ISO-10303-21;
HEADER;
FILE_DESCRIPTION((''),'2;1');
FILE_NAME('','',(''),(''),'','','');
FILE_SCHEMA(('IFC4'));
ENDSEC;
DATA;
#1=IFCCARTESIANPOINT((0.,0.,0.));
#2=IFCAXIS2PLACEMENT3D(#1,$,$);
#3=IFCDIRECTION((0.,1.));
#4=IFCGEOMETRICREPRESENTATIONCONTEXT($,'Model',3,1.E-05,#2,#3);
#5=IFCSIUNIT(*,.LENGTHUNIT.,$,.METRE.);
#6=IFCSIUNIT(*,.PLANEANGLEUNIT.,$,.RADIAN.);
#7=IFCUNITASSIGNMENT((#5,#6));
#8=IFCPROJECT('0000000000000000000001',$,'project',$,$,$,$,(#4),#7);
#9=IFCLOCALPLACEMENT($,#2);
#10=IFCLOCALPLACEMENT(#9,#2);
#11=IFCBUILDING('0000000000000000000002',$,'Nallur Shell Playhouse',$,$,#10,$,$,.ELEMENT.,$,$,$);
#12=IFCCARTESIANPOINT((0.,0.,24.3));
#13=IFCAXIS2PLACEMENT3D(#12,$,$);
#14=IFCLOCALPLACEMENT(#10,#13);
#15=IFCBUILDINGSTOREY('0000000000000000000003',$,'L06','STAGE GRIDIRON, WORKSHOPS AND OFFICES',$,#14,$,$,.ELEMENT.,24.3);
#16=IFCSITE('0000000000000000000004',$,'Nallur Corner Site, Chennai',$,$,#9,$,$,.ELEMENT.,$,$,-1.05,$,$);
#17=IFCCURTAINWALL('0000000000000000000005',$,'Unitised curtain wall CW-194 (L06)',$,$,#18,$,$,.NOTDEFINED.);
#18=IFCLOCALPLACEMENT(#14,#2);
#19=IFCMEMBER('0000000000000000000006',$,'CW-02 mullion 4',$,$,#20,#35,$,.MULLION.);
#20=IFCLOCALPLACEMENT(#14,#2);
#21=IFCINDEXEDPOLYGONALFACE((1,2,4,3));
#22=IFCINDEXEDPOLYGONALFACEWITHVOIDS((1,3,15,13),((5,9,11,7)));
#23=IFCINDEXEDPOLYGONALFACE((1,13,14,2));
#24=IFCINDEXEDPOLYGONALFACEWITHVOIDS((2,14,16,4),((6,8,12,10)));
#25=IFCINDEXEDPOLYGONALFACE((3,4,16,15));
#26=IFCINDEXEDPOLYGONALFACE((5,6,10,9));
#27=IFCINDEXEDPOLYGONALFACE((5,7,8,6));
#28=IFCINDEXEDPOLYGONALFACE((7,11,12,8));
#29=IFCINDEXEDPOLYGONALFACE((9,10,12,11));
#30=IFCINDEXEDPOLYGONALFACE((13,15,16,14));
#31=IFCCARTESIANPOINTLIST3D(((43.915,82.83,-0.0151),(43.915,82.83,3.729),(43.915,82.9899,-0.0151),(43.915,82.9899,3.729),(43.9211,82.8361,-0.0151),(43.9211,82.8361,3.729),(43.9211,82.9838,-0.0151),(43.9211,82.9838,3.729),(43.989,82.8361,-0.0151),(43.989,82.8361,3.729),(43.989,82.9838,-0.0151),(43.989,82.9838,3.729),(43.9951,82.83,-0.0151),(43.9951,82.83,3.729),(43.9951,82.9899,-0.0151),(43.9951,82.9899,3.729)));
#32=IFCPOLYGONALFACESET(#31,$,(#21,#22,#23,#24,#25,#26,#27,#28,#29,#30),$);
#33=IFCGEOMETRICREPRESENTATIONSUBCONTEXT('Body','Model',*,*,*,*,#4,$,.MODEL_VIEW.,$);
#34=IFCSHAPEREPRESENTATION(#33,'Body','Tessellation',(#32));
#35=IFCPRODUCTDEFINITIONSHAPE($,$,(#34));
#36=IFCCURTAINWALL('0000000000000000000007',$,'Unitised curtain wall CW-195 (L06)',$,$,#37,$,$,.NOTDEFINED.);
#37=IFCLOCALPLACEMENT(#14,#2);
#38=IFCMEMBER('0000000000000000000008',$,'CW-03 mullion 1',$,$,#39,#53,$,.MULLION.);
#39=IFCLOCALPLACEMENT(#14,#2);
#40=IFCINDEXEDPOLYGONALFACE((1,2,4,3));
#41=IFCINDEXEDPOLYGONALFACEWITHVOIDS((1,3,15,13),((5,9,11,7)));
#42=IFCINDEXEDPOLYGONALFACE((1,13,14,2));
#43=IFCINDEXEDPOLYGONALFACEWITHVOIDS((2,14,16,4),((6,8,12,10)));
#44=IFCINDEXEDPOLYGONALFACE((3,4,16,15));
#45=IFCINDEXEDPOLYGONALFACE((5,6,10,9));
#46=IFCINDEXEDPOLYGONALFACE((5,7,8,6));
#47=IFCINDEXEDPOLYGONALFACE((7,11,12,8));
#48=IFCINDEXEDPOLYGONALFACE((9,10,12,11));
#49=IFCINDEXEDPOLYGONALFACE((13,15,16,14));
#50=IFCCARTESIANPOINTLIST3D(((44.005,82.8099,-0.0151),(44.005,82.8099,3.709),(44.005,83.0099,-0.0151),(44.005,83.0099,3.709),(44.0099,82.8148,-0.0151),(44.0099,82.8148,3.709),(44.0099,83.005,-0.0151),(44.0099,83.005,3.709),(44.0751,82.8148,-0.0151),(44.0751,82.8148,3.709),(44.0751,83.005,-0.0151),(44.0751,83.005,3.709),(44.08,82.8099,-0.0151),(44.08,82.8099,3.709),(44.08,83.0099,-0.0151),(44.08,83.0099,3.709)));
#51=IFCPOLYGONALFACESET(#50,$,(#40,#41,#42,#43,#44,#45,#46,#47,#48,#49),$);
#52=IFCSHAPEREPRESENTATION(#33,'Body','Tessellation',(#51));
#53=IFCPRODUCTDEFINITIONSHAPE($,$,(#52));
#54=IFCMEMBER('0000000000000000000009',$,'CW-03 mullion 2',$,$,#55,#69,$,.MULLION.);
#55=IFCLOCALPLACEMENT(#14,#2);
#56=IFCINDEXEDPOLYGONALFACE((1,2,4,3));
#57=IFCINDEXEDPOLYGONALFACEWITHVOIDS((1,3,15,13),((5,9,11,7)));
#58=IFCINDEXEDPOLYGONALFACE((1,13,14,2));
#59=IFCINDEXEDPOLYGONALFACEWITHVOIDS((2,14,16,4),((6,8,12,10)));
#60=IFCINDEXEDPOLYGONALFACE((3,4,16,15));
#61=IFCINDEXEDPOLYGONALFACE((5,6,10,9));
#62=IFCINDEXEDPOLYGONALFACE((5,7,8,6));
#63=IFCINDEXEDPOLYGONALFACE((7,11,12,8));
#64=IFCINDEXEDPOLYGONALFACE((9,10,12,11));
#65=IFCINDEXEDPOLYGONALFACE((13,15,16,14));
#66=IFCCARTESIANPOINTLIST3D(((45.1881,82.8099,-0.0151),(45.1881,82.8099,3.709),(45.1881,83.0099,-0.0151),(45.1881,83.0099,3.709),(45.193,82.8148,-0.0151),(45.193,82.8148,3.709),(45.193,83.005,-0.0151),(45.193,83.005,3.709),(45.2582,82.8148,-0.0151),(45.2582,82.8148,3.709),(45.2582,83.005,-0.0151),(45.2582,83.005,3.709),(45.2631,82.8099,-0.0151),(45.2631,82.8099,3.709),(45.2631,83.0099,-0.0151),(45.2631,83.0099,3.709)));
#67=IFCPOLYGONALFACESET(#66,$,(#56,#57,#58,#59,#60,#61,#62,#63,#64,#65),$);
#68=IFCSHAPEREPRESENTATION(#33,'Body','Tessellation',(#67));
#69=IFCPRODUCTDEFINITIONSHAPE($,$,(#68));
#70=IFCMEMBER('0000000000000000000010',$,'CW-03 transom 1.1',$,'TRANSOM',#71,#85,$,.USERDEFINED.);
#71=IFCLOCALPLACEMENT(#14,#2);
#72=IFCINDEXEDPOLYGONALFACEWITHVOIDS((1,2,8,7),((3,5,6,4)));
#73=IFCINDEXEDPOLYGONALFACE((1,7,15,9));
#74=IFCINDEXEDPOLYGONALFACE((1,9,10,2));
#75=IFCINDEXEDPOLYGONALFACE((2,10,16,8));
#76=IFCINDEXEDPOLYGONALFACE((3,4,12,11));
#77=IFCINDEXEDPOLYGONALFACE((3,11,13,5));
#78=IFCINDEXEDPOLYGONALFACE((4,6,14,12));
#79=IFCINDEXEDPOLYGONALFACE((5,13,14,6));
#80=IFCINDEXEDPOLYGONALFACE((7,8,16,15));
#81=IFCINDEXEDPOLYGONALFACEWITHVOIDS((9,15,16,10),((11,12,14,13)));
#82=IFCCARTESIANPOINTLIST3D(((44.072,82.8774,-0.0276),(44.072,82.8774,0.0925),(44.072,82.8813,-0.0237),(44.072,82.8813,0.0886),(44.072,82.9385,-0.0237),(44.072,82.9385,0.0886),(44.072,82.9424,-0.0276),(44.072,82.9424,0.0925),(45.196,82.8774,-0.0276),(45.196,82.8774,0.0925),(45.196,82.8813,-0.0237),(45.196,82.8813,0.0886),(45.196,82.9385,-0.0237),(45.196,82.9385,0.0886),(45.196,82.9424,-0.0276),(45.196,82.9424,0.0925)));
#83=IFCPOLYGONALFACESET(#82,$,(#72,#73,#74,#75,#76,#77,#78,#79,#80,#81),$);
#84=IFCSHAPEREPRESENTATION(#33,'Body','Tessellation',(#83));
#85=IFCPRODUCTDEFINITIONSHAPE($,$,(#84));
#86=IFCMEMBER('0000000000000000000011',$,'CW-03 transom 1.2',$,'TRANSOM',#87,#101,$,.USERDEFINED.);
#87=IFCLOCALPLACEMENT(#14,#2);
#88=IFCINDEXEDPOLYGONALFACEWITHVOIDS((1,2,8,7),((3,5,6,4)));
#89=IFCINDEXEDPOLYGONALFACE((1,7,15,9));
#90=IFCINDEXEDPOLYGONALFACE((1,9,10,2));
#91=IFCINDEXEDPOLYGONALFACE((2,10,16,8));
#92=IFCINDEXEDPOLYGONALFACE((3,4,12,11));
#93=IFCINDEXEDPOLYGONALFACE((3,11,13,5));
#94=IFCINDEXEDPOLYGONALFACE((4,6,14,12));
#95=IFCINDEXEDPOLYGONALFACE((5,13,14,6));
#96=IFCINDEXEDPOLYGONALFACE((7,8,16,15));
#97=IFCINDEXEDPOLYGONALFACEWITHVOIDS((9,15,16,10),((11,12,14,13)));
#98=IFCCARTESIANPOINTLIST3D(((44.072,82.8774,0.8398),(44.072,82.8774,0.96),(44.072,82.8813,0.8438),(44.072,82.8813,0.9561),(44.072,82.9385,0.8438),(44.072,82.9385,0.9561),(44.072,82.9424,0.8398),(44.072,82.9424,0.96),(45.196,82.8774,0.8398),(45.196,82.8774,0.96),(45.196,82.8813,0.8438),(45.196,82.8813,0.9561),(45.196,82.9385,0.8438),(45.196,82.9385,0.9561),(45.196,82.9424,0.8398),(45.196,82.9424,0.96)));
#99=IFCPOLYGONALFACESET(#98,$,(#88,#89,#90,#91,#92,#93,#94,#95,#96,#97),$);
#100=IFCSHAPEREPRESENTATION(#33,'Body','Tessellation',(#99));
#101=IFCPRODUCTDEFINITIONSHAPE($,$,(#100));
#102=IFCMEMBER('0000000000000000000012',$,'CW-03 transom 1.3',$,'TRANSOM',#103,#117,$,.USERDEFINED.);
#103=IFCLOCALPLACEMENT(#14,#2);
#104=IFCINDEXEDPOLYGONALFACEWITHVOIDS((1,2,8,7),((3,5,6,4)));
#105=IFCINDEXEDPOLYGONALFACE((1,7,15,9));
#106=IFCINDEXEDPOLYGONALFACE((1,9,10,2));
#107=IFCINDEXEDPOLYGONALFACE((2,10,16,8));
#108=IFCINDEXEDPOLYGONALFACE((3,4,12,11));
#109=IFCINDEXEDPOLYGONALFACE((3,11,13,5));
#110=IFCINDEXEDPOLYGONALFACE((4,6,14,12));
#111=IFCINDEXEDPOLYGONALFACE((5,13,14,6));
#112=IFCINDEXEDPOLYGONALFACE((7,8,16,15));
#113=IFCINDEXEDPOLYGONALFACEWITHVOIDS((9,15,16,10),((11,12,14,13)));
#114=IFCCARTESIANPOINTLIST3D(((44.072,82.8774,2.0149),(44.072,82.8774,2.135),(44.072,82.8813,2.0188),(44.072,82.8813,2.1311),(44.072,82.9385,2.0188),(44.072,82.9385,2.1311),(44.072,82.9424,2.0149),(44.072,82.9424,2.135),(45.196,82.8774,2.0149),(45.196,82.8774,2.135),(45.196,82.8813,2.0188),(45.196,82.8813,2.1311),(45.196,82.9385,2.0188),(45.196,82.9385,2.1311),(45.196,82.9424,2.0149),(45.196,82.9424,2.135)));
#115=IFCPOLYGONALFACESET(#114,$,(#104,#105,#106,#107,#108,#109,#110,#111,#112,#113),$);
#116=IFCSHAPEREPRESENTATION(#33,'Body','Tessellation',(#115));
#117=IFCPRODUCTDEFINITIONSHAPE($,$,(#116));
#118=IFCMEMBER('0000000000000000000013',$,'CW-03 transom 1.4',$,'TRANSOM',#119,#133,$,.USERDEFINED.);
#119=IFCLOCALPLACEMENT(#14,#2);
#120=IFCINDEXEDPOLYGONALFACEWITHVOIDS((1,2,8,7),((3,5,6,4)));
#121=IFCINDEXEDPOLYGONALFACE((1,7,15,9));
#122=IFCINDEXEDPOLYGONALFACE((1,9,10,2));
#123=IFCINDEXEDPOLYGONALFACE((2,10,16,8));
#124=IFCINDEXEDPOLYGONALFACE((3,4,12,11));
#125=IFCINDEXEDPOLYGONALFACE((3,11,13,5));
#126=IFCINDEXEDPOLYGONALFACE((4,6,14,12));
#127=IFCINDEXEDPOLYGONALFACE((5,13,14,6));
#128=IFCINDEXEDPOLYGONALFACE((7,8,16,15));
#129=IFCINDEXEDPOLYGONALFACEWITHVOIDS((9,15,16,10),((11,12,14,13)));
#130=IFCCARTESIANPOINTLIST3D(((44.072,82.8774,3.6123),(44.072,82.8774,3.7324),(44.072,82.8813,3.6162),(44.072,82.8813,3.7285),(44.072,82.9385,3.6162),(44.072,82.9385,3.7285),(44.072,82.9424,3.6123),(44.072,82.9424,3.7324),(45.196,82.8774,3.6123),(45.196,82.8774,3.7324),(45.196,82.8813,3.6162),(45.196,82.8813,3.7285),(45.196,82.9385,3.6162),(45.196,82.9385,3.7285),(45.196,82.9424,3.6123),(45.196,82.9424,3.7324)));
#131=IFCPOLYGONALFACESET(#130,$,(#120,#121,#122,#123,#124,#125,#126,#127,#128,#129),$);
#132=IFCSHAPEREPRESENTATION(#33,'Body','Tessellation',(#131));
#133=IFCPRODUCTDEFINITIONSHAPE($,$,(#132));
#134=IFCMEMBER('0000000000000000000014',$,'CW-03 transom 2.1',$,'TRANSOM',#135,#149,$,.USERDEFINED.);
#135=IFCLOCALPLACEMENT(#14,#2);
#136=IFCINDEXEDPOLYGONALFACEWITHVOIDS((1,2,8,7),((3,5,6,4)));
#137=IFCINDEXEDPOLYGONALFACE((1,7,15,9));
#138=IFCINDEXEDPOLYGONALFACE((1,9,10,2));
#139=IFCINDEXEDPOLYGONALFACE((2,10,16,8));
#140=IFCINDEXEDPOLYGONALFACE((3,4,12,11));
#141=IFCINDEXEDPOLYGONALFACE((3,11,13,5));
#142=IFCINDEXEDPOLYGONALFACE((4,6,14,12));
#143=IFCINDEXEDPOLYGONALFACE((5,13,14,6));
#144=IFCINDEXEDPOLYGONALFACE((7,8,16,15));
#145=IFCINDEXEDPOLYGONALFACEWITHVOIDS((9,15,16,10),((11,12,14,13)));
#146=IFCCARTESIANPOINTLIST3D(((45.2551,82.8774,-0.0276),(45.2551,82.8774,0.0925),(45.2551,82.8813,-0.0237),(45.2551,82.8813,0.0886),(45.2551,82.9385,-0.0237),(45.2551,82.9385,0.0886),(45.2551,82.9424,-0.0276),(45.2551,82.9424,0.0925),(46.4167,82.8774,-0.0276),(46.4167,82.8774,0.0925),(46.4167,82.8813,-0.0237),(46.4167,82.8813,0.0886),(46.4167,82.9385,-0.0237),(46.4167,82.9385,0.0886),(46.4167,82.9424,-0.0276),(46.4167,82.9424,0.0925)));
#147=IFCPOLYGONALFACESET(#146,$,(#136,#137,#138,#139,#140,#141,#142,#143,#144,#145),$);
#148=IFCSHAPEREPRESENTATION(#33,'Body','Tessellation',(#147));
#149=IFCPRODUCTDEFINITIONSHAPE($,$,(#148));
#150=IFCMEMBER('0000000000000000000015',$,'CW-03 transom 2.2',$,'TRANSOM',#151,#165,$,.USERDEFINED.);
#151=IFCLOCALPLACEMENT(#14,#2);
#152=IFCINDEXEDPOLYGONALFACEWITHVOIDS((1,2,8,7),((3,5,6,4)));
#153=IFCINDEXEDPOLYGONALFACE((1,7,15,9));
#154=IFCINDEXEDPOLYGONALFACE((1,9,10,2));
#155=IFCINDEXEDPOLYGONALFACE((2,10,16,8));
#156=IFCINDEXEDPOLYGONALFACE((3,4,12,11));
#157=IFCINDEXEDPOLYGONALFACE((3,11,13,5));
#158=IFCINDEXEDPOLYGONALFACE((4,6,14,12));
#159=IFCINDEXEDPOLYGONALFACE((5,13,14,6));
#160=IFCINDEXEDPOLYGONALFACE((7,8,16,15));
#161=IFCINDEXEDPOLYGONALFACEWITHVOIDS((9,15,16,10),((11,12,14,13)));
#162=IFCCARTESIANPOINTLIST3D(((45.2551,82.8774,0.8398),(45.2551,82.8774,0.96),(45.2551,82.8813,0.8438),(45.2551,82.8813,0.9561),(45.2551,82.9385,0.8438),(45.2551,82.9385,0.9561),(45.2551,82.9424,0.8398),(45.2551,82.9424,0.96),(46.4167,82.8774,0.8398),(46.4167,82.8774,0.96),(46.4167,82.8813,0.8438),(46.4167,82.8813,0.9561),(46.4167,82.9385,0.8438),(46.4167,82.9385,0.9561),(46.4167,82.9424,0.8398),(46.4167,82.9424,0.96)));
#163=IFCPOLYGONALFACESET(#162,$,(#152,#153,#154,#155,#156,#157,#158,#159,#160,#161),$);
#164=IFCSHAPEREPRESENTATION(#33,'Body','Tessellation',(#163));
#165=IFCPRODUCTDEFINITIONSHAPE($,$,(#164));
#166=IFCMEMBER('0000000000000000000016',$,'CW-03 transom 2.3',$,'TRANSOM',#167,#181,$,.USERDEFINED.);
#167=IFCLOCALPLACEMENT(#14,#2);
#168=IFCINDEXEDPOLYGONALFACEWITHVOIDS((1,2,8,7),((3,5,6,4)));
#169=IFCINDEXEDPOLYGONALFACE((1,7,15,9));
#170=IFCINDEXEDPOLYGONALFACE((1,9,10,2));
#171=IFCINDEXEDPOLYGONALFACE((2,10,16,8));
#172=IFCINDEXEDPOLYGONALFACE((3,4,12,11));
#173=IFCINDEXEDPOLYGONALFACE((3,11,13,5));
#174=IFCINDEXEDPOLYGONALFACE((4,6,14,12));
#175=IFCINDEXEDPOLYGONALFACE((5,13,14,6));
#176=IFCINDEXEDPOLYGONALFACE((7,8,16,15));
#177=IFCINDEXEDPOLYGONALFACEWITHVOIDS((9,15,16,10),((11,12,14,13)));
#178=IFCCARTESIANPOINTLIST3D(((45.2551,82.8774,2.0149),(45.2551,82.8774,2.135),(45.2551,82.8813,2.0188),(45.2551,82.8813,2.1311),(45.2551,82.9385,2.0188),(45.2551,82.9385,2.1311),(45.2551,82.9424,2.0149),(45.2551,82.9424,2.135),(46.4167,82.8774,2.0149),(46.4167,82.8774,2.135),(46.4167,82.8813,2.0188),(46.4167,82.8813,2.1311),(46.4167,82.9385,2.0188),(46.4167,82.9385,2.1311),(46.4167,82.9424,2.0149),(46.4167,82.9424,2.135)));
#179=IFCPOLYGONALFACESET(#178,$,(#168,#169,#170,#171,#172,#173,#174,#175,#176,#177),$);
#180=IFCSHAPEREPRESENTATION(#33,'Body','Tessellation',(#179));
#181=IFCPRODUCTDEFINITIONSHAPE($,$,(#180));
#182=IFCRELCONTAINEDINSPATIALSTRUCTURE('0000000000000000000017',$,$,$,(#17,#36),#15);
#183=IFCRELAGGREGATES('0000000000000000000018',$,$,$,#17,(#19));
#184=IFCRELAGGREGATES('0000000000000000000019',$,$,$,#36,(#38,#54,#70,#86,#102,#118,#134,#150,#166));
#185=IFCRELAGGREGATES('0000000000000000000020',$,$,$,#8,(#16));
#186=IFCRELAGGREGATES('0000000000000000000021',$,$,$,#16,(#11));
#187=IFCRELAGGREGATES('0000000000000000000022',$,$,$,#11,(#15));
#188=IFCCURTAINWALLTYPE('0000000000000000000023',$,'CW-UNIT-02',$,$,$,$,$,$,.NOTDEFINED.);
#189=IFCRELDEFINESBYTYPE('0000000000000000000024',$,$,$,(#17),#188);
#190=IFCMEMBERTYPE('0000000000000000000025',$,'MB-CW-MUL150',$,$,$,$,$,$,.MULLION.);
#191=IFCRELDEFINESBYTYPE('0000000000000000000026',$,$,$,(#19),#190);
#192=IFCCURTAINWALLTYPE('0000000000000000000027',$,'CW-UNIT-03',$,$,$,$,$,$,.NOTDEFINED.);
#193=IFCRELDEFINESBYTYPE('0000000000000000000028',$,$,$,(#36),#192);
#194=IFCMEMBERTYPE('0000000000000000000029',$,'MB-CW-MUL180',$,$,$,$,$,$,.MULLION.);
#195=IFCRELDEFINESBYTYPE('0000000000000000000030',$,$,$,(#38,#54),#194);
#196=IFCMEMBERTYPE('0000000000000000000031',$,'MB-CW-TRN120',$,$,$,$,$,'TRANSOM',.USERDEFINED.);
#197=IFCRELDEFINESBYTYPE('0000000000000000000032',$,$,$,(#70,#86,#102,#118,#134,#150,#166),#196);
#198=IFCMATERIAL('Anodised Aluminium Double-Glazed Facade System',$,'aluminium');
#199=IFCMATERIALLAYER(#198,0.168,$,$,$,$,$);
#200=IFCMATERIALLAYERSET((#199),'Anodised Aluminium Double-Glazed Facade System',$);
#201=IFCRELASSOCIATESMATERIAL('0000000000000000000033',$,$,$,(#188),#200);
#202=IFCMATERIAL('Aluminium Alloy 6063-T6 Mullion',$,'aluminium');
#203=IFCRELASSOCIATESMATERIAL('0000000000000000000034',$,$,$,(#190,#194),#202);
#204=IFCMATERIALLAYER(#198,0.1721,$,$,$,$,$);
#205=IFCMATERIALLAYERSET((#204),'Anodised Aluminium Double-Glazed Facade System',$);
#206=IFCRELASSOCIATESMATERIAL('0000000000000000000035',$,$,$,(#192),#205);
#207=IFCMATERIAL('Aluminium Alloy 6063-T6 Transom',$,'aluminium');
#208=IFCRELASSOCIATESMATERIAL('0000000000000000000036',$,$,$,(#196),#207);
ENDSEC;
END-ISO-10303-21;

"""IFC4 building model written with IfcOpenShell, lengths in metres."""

from ifc_helpers import new_model, si_unit, direction, frame, origin, origin_2d, place, context, subcontext, project, spatial, hollow_rectangle, extrude, material, layer, layer_set, material_profile, profile_set, type_object, element, aggregate, save


model = new_model("IFC4")

# Units and contexts
model_context = context("Model", 3, precision=1e-05, world=origin(), true_north=direction((0.0, 1.0)))
body_context = subcontext(model_context, "Body", "Model", "MODEL_VIEW")
ifc_project = project(units=[si_unit("LENGTHUNIT", "METRE"), si_unit("PLANEANGLEUNIT", "RADIAN")], contexts=[model_context])

# Site, building, storey
site_placement = place(None, origin())
site = spatial("IfcSite", under=ifc_project, at=site_placement, Name="Nallur Corner Site, Chennai", CompositionType="ELEMENT", RefElevation=-1.05)
building_placement = place(site_placement, origin())
building = spatial("IfcBuilding", under=site, at=building_placement, Name="Nallur Shell Playhouse", CompositionType="ELEMENT")
storey_placement = place(building_placement, frame((0.0, 0.0, 24.3)))
storey = spatial("IfcBuildingStorey", under=building, at=storey_placement, Name="L06", Description="STAGE GRIDIRON, WORKSHOPS AND OFFICES", CompositionType="ELEMENT", Elevation=24.3)

# Curtain wall, member
ifc_material_1 = material(Name="Anodised Aluminium Double-Glazed Facade System", Category="aluminium")
ifc_layer_1 = layer(ifc_material_1, 0.168)
ifc_layer_set_1 = layer_set([ifc_layer_1], Name="Anodised Aluminium Double-Glazed Facade System")
curtain_wall_type_1 = type_object("IfcCurtainWallType", Name="CW-UNIT-02", PredefinedType="NOTDEFINED", material=ifc_layer_set_1)
curtain_wall_1_placement = place(storey_placement, origin())
curtain_wall_1 = element("IfcCurtainWall", 1, at=curtain_wall_1_placement, inside=storey, type_object=curtain_wall_type_1, Name="Unitised curtain wall CW-194 (L06)", PredefinedType="NOTDEFINED")
ifc_material_2 = material(Name="Aluminium Alloy 6063-T6 Mullion", Category="aluminium")
ifc_material_profile_1 = material_profile(ifc_material_2, hollow_rectangle(XDim=0.0801, YDim=0.1599, WallThickness=0.0061, at=origin_2d()), Name="RHS 160x80x6")
ifc_profile_set_1 = profile_set([ifc_material_profile_1], Name="Aluminium Alloy 6063-T6 Mullion")
member_type_1 = type_object("IfcMemberType", Name="MB-CW-MUL150", PredefinedType="MULLION", material=ifc_profile_set_1)
member_1_placement = place(storey_placement, frame((43.9551, 82.9099, -0.0151), z_axis=(0.0, 0.0, 1.0), x_axis=(1.0, 0.0, 0.0)))
member_1 = element("IfcMember", 2, at=member_1_placement, type_object=member_type_1, Name="CW-02 mullion 4", PredefinedType="MULLION", context=body_context, shape_type="SweptSolid", body=[
    extrude(hollow_rectangle(XDim=0.0801, YDim=0.1599, WallThickness=0.0061, at=origin_2d()), origin(), (0.0, 0.0, 1.0), 3.7441),
])

# Curtain wall, members
ifc_layer_2 = layer(ifc_material_1, 0.1721)
ifc_layer_set_2 = layer_set([ifc_layer_2], Name="Anodised Aluminium Double-Glazed Facade System")
curtain_wall_type_2 = type_object("IfcCurtainWallType", Name="CW-UNIT-03", PredefinedType="NOTDEFINED", material=ifc_layer_set_2)
curtain_wall_2_placement = place(storey_placement, origin())
curtain_wall_2 = element("IfcCurtainWall", 3, at=curtain_wall_2_placement, inside=storey, type_object=curtain_wall_type_2, Name="Unitised curtain wall CW-195 (L06)", PredefinedType="NOTDEFINED")
ifc_material_profile_2 = material_profile(ifc_material_2, hollow_rectangle(XDim=0.075, YDim=0.2, WallThickness=0.0049, at=origin_2d()), Name="ALU 75x200x5")
ifc_profile_set_2 = profile_set([ifc_material_profile_2], Name="Aluminium Alloy 6063-T6 Mullion")
member_type_2 = type_object("IfcMemberType", Name="MB-CW-MUL180", PredefinedType="MULLION", material=ifc_profile_set_2)
member_2_placement = place(storey_placement, frame((44.0425, 82.9099, -0.0151), z_axis=(0.0, 0.0, 1.0), x_axis=(1.0, 0.0, 0.0)))
member_2 = element("IfcMember", 4, at=member_2_placement, type_object=member_type_2, Name="CW-03 mullion 1", PredefinedType="MULLION", context=body_context, shape_type="SweptSolid", body=[
    extrude(hollow_rectangle(XDim=0.075, YDim=0.2, WallThickness=0.0049, at=origin_2d()), origin(), (0.0, 0.0, 1.0), 3.7241),
])
member_3_placement = place(storey_placement, frame((45.2256, 82.9099, -0.0151), z_axis=(0.0, 0.0, 1.0), x_axis=(1.0, 0.0, 0.0)))
member_3 = element("IfcMember", 5, at=member_3_placement, type_object=member_type_2, Name="CW-03 mullion 2", PredefinedType="MULLION", context=body_context, shape_type="SweptSolid", body=[
    extrude(hollow_rectangle(XDim=0.075, YDim=0.2, WallThickness=0.0049, at=origin_2d()), origin(), (0.0, 0.0, 1.0), 3.7241),
])
ifc_material_3 = material(Name="Aluminium Alloy 6063-T6 Transom", Category="aluminium")
ifc_material_profile_3 = material_profile(ifc_material_3, hollow_rectangle(XDim=0.0649, YDim=0.1201, WallThickness=0.0039, at=origin_2d()), Name="ALU 65x120x4")
ifc_profile_set_3 = profile_set([ifc_material_profile_3], Name="Aluminium Alloy 6063-T6 Transom")
member_type_3 = type_object("IfcMemberType", Name="MB-CW-TRN120", ElementType="TRANSOM", PredefinedType="USERDEFINED", material=ifc_profile_set_3)
member_4_placement = place(storey_placement, frame((44.072, 82.9099, 0.0325), z_axis=(1.0, 0.0, 0.0), x_axis=(0.0, 1.0, 0.0)))
member_4 = element("IfcMember", 6, at=member_4_placement, type_object=member_type_3, Name="CW-03 transom 1.1", ObjectType="TRANSOM", PredefinedType="USERDEFINED", context=body_context, shape_type="SweptSolid", body=[
    extrude(hollow_rectangle(XDim=0.0649, YDim=0.1201, WallThickness=0.0039, at=origin_2d()), origin(), (0.0, 0.0, 1.0), 1.124),
])
member_5_placement = place(storey_placement, frame((44.072, 82.9099, 0.8999), z_axis=(1.0, 0.0, 0.0), x_axis=(0.0, 1.0, 0.0)))
member_5 = element("IfcMember", 7, at=member_5_placement, type_object=member_type_3, Name="CW-03 transom 1.2", ObjectType="TRANSOM", PredefinedType="USERDEFINED", context=body_context, shape_type="SweptSolid", body=[
    extrude(hollow_rectangle(XDim=0.0649, YDim=0.1201, WallThickness=0.0039, at=origin_2d()), origin(), (0.0, 0.0, 1.0), 1.124),
])
member_6_placement = place(storey_placement, frame((44.072, 82.9099, 2.075), z_axis=(1.0, 0.0, 0.0), x_axis=(0.0, 1.0, 0.0)))
member_6 = element("IfcMember", 8, at=member_6_placement, type_object=member_type_3, Name="CW-03 transom 1.3", ObjectType="TRANSOM", PredefinedType="USERDEFINED", context=body_context, shape_type="SweptSolid", body=[
    extrude(hollow_rectangle(XDim=0.0649, YDim=0.1201, WallThickness=0.0039, at=origin_2d()), origin(), (0.0, 0.0, 1.0), 1.124),
])
member_7_placement = place(storey_placement, frame((44.072, 82.9099, 3.6724), z_axis=(1.0, 0.0, 0.0), x_axis=(0.0, 1.0, 0.0)))
member_7 = element("IfcMember", 9, at=member_7_placement, type_object=member_type_3, Name="CW-03 transom 1.4", ObjectType="TRANSOM", PredefinedType="USERDEFINED", context=body_context, shape_type="SweptSolid", body=[
    extrude(hollow_rectangle(XDim=0.0649, YDim=0.1201, WallThickness=0.0039, at=origin_2d()), origin(), (0.0, 0.0, 1.0), 1.124),
])
member_8_placement = place(storey_placement, frame((45.2551, 82.9099, 0.0325), z_axis=(1.0, 0.0, 0.0), x_axis=(0.0, 1.0, 0.0)))
member_8 = element("IfcMember", 10, at=member_8_placement, type_object=member_type_3, Name="CW-03 transom 2.1", ObjectType="TRANSOM", PredefinedType="USERDEFINED", context=body_context, shape_type="SweptSolid", body=[
    extrude(hollow_rectangle(XDim=0.0649, YDim=0.1201, WallThickness=0.0039, at=origin_2d()), origin(), (0.0, 0.0, 1.0), 1.1616),
])
member_9_placement = place(storey_placement, frame((45.2551, 82.9099, 0.8999), z_axis=(1.0, 0.0, 0.0), x_axis=(0.0, 1.0, 0.0)))
member_9 = element("IfcMember", 11, at=member_9_placement, type_object=member_type_3, Name="CW-03 transom 2.2", ObjectType="TRANSOM", PredefinedType="USERDEFINED", context=body_context, shape_type="SweptSolid", body=[
    extrude(hollow_rectangle(XDim=0.0649, YDim=0.1201, WallThickness=0.0039, at=origin_2d()), origin(), (0.0, 0.0, 1.0), 1.1616),
])
member_10_placement = place(storey_placement, frame((45.2551, 82.9099, 2.075), z_axis=(1.0, 0.0, 0.0), x_axis=(0.0, 1.0, 0.0)))
member_10 = element("IfcMember", 12, at=member_10_placement, type_object=member_type_3, Name="CW-03 transom 2.3", ObjectType="TRANSOM", PredefinedType="USERDEFINED", context=body_context, shape_type="SweptSolid", body=[
    extrude(hollow_rectangle(XDim=0.0649, YDim=0.1201, WallThickness=0.0039, at=origin_2d()), origin(), (0.0, 0.0, 1.0), 1.1616),
])

aggregate(curtain_wall_1, [member_1])
aggregate(curtain_wall_2, [member_2, member_3, member_4, member_5, member_6, member_7, member_8, member_9, member_10])

save(model, "model.ifc")
